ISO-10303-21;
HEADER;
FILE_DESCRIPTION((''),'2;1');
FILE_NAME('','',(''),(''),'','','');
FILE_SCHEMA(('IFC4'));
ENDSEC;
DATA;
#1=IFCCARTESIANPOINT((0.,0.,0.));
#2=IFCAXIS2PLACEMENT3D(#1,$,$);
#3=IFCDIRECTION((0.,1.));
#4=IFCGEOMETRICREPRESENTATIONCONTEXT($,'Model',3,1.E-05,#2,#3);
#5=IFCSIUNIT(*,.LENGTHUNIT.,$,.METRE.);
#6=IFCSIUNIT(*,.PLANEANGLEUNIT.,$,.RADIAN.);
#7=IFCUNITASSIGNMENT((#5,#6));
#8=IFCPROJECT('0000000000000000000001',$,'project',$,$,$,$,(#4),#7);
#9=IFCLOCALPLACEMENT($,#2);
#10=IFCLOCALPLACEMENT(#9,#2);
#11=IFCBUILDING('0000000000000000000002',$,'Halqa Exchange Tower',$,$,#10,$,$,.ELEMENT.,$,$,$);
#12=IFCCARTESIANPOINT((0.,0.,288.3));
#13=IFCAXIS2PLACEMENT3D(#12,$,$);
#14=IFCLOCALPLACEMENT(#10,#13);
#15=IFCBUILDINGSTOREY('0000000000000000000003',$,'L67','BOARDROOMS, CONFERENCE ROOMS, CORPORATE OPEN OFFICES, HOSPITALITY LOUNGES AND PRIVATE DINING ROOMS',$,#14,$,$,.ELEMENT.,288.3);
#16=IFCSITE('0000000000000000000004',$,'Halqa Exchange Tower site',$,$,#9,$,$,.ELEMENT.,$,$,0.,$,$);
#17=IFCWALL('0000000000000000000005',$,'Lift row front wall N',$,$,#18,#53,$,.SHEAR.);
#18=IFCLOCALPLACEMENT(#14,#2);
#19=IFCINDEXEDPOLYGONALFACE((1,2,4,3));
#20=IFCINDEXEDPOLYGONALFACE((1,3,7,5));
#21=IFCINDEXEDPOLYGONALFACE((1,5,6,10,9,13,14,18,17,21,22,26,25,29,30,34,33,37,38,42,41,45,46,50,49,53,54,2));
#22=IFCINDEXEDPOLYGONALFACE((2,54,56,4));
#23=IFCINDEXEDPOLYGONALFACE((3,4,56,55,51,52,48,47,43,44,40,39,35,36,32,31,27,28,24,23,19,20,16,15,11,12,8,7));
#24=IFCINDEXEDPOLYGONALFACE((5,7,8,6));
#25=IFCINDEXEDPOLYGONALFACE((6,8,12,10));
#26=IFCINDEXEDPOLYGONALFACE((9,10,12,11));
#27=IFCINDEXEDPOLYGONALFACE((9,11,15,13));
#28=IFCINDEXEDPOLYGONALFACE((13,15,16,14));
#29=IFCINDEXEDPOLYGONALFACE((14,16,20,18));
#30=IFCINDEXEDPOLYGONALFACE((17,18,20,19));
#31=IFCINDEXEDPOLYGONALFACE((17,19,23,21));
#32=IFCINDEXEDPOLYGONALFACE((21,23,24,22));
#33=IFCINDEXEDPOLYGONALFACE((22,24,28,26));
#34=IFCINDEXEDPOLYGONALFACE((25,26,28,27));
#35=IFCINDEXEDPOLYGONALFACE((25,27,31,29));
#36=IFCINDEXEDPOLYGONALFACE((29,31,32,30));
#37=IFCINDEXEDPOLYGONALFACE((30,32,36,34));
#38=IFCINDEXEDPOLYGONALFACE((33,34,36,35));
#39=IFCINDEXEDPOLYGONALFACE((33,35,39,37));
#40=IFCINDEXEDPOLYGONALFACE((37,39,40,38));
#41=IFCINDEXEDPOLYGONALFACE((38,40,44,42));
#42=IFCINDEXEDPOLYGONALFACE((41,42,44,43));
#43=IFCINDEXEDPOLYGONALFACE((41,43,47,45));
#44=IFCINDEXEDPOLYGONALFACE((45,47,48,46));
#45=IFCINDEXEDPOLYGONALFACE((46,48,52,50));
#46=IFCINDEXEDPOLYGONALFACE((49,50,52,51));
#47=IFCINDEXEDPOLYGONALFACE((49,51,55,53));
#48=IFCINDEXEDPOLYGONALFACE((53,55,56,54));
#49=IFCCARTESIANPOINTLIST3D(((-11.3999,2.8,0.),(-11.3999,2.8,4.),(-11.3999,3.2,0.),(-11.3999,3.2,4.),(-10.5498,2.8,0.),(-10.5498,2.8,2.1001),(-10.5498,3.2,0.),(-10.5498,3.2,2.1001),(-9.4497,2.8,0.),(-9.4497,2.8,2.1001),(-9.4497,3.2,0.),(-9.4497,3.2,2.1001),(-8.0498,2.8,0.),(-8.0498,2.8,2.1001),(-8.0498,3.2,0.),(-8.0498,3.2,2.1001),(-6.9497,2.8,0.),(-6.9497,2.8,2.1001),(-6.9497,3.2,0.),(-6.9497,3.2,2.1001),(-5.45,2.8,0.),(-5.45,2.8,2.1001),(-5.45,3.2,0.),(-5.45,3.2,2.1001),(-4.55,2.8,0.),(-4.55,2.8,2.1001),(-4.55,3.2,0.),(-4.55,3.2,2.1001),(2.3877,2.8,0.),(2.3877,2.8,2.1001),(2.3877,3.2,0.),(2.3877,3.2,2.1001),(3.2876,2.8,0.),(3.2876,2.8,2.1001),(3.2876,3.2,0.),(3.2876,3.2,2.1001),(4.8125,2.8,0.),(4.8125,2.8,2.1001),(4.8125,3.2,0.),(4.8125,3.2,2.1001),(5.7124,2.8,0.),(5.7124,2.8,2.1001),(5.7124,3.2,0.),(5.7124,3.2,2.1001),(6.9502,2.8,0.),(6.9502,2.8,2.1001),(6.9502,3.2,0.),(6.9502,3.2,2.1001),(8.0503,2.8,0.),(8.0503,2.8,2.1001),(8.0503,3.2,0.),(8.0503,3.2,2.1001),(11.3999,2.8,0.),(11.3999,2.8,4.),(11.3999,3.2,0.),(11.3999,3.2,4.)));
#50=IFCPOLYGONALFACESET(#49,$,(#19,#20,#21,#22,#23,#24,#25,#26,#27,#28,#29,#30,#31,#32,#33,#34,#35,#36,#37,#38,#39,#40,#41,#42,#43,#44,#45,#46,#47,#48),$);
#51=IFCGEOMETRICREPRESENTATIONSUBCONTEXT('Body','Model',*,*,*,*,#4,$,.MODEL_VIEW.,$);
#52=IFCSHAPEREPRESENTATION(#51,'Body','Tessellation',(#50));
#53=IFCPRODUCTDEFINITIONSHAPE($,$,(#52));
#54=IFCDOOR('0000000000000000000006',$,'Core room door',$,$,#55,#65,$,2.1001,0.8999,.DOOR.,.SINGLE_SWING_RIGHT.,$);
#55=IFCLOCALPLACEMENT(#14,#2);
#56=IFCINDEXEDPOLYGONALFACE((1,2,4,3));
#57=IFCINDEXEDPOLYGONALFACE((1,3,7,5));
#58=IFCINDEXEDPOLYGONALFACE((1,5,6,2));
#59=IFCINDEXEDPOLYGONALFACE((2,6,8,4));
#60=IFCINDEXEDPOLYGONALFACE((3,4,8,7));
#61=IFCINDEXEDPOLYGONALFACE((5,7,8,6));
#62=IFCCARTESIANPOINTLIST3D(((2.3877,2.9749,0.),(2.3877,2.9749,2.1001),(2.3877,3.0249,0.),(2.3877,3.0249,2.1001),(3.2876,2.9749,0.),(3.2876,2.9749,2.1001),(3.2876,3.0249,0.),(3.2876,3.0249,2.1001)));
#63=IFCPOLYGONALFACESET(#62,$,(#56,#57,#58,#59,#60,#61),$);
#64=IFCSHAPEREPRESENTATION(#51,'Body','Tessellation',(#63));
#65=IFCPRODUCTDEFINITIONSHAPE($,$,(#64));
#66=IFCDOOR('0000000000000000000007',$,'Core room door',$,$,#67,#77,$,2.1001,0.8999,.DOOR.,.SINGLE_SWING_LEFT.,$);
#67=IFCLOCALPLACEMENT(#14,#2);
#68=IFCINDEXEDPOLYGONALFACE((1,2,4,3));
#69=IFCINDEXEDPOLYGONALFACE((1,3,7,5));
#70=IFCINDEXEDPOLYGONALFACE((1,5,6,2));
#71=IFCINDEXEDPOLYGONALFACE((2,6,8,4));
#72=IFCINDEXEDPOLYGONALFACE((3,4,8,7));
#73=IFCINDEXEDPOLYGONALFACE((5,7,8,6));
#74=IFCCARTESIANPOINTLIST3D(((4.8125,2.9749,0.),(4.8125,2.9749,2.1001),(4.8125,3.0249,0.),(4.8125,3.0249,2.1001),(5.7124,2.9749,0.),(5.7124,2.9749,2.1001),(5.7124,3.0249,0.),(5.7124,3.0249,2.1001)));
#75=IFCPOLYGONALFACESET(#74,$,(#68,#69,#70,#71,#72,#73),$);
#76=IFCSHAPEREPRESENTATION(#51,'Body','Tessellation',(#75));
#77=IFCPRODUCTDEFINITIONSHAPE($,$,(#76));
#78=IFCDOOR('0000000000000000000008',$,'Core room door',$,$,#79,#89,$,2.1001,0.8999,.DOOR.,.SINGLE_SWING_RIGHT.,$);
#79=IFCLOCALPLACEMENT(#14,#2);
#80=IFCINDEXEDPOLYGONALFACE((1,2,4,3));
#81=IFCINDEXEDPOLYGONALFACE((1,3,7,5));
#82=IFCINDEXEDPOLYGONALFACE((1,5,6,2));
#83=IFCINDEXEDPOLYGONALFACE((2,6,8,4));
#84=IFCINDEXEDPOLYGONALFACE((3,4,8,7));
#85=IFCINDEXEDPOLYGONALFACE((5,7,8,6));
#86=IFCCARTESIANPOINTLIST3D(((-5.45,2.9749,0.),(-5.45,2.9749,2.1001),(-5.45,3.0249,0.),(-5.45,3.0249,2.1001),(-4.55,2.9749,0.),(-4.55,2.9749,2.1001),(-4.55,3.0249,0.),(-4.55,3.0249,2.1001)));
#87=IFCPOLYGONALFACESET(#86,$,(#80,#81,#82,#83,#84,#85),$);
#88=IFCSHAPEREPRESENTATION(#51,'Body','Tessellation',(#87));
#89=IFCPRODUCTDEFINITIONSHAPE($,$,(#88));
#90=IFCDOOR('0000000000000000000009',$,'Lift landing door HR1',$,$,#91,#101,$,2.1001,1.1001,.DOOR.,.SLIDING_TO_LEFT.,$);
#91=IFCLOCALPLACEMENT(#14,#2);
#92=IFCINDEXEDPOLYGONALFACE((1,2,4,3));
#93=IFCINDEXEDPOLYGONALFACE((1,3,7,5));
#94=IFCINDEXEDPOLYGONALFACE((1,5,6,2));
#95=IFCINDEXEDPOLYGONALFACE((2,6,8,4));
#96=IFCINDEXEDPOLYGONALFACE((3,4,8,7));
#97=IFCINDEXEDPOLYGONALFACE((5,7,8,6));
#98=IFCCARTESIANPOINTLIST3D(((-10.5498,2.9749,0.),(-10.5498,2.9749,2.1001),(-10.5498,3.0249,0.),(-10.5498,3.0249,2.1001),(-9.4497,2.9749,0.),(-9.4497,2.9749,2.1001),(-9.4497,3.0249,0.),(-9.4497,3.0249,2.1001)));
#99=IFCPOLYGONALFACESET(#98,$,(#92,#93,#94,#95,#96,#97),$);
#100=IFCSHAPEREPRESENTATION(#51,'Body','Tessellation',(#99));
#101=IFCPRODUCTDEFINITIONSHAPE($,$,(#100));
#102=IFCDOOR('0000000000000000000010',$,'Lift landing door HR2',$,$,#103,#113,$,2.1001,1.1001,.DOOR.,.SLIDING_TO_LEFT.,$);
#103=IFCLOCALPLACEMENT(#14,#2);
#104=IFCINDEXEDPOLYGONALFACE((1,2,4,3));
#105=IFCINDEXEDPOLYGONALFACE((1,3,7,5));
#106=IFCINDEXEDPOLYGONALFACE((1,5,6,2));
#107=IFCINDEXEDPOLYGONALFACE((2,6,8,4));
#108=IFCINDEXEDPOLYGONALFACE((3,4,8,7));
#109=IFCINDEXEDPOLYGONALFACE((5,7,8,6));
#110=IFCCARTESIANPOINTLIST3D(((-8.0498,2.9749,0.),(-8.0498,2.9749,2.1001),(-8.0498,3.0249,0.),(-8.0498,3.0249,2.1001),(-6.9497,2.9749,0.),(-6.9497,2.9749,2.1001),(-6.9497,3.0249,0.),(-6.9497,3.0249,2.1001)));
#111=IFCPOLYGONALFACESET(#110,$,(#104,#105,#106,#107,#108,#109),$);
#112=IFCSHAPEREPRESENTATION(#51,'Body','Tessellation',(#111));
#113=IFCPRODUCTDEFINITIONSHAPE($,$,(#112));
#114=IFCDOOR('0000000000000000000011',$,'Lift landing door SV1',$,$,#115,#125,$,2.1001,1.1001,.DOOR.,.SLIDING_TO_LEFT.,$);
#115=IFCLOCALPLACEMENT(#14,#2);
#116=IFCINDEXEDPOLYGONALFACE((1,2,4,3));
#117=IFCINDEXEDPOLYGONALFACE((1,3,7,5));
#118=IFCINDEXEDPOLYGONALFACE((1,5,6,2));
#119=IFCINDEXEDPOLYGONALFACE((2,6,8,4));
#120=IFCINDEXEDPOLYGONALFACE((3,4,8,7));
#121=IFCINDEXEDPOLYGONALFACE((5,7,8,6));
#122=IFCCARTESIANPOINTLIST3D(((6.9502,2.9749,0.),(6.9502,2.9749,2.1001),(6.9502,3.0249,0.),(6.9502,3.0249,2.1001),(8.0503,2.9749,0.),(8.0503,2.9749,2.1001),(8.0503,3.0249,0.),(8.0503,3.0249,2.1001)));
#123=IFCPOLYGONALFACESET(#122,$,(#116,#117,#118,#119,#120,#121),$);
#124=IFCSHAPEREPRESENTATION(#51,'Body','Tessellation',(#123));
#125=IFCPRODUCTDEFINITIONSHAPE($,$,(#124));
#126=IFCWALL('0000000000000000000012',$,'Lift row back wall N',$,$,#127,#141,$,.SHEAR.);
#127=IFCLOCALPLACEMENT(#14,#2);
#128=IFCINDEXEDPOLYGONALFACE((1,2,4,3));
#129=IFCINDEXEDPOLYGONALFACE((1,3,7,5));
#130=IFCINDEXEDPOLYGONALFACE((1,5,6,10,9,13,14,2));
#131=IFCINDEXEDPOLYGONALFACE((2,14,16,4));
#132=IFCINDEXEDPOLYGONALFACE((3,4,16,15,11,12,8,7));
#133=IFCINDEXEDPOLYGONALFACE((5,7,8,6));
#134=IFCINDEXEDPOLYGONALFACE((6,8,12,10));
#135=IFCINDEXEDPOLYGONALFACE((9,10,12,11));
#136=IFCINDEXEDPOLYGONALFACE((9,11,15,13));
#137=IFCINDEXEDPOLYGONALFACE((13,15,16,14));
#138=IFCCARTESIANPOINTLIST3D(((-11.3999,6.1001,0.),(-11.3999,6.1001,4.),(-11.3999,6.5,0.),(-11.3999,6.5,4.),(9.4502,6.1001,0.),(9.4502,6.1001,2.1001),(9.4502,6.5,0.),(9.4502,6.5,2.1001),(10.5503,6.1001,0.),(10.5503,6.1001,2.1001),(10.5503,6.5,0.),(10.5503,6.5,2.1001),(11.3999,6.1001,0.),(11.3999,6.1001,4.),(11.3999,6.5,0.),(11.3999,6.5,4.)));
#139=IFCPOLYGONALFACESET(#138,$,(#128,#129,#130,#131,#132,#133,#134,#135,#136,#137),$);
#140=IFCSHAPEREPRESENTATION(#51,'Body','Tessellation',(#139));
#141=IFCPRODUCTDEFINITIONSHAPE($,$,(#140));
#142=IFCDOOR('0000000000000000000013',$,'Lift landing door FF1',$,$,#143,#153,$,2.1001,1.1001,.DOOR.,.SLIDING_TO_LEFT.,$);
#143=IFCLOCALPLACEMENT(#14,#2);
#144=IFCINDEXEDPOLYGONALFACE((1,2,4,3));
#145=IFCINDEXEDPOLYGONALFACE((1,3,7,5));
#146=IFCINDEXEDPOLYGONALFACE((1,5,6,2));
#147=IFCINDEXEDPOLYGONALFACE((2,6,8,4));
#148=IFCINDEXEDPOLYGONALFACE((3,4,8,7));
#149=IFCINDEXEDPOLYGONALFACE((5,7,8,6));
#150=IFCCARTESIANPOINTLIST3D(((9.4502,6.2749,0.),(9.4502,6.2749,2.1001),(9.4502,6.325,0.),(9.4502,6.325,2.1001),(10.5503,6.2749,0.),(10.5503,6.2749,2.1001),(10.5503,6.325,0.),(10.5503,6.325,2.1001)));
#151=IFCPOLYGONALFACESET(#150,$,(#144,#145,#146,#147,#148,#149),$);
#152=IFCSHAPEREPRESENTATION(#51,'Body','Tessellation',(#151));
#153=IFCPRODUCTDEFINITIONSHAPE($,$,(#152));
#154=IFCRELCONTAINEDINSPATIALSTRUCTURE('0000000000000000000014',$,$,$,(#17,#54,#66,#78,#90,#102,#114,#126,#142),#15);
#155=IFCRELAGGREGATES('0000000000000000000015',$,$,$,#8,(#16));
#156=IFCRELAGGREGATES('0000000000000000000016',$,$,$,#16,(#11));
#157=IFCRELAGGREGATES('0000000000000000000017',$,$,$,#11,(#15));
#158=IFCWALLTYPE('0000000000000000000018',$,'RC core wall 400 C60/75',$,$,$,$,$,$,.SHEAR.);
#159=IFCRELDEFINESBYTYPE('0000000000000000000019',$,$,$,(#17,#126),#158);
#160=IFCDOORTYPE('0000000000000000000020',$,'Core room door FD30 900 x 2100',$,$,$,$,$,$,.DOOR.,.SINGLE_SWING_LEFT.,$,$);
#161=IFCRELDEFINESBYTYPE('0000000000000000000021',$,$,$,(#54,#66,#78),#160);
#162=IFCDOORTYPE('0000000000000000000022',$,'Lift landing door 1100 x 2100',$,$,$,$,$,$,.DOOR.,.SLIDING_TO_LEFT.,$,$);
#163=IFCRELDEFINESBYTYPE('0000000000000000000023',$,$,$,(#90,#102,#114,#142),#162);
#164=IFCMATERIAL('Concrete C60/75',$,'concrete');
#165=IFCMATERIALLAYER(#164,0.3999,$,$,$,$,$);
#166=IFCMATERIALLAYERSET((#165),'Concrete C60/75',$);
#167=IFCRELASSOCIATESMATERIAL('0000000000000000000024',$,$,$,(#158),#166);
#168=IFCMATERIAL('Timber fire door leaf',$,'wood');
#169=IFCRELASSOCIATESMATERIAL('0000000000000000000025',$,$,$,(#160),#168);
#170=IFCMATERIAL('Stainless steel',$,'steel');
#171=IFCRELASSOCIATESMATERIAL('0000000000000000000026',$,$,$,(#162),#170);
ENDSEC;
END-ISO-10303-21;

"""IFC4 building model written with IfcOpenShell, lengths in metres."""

from ifc_helpers import new_model, si_unit, direction, frame, frame_2d, origin, place, context, subcontext, project, spatial, rectangle, extrude, material, layer, layer_set, type_object, element, fill, save


model = new_model("IFC4")

# Units and contexts
model_context = context("Model", 3, precision=1e-05, world=origin(), true_north=direction((0.0, 1.0)))
body_context = subcontext(model_context, "Body", "Model", "MODEL_VIEW")
ifc_project = project(units=[si_unit("LENGTHUNIT", "METRE"), si_unit("PLANEANGLEUNIT", "RADIAN")], contexts=[model_context])

# Site, building, storey
site_placement = place(None, origin())
site = spatial("IfcSite", under=ifc_project, at=site_placement, Name="Halqa Exchange Tower site", CompositionType="ELEMENT", RefElevation=0.0)
building_placement = place(site_placement, origin())
building = spatial("IfcBuilding", under=site, at=building_placement, Name="Halqa Exchange Tower", CompositionType="ELEMENT")
storey_placement = place(building_placement, frame((0.0, 0.0, 288.3)))
storey = spatial("IfcBuildingStorey", under=building, at=storey_placement, Name="L67", Description="BOARDROOMS, CONFERENCE ROOMS, CORPORATE OPEN OFFICES, HOSPITALITY LOUNGES AND PRIVATE DINING ROOMS", CompositionType="ELEMENT", Elevation=288.3)

# Shared definitions
ifc_material_1 = material(Name="Concrete C60/75", Category="concrete")

# Wall, openings, doors
ifc_layer_1 = layer(ifc_material_1, 0.3999)
ifc_layer_set_1 = layer_set([ifc_layer_1], Name="Concrete C60/75")
wall_type_1 = type_object("IfcWallType", Name="RC core wall 400 C60/75", PredefinedType="SHEAR", material=ifc_layer_set_1)
wall_1_placement = place(storey_placement, frame((-11.3999, 3.0, 0.0), z_axis=(0.0, 0.0, 1.0), x_axis=(1.0, 0.0, 0.0)))
wall_1 = element("IfcWall", 1, at=wall_1_placement, inside=storey, type_object=wall_type_1, Name="Lift row front wall N", PredefinedType="SHEAR", context=body_context, shape_type="SweptSolid", body=[
    extrude(rectangle(XDim=22.7998, YDim=0.3999, at=frame_2d((11.3999, 0.0))), origin(), (0.0, 0.0, 1.0), 4.0),
])
opening_1_placement = place(wall_1_placement, frame((0.8501, 0.0, 0.0)))
opening_1 = element("IfcOpeningElement", 2, at=opening_1_placement, cuts=wall_1, PredefinedType="OPENING", context=body_context, shape_type="SweptSolid", body=[
    extrude(rectangle(XDim=1.1001, YDim=2.1001, at=frame_2d((0.55, 1.05))), frame((0.0, 0.2119, 0.0), z_axis=(0.0, -1.0, 0.0), x_axis=(1.0, 0.0, 0.0)), (0.0, 0.0, 1.0), 0.4238),
])
opening_2_placement = place(wall_1_placement, frame((3.3501, 0.0, 0.0)))
opening_2 = element("IfcOpeningElement", 3, at=opening_2_placement, cuts=wall_1, PredefinedType="OPENING", context=body_context, shape_type="SweptSolid", body=[
    extrude(rectangle(XDim=1.1001, YDim=2.1001, at=frame_2d((0.55, 1.05))), frame((0.0, 0.2119, 0.0), z_axis=(0.0, -1.0, 0.0), x_axis=(1.0, 0.0, 0.0)), (0.0, 0.0, 1.0), 0.4238),
])
opening_3_placement = place(wall_1_placement, frame((18.3501, 0.0, 0.0)))
opening_3 = element("IfcOpeningElement", 4, at=opening_3_placement, cuts=wall_1, PredefinedType="OPENING", context=body_context, shape_type="SweptSolid", body=[
    extrude(rectangle(XDim=1.1001, YDim=2.1001, at=frame_2d((0.55, 1.05))), frame((0.0, 0.2119, 0.0), z_axis=(0.0, -1.0, 0.0), x_axis=(1.0, 0.0, 0.0)), (0.0, 0.0, 1.0), 0.4238),
])
opening_4_placement = place(wall_1_placement, frame((13.7876, 0.0, 0.0)))
opening_4 = element("IfcOpeningElement", 5, at=opening_4_placement, cuts=wall_1, PredefinedType="OPENING", context=body_context, shape_type="SweptSolid", body=[
    extrude(rectangle(XDim=0.8999, YDim=2.1001, at=frame_2d((0.45, 1.05))), frame((0.0, 0.2119, 0.0), z_axis=(0.0, -1.0, 0.0), x_axis=(1.0, 0.0, 0.0)), (0.0, 0.0, 1.0), 0.4238),
])
opening_5_placement = place(wall_1_placement, frame((16.2124, 0.0, 0.0)))
opening_5 = element("IfcOpeningElement", 6, at=opening_5_placement, cuts=wall_1, PredefinedType="OPENING", context=body_context, shape_type="SweptSolid", body=[
    extrude(rectangle(XDim=0.8999, YDim=2.1001, at=frame_2d((0.45, 1.05))), frame((0.0, 0.2119, 0.0), z_axis=(0.0, -1.0, 0.0), x_axis=(1.0, 0.0, 0.0)), (0.0, 0.0, 1.0), 0.4238),
])
opening_6_placement = place(wall_1_placement, frame((5.95, 0.0, 0.0)))
opening_6 = element("IfcOpeningElement", 7, at=opening_6_placement, cuts=wall_1, PredefinedType="OPENING", context=body_context, shape_type="SweptSolid", body=[
    extrude(rectangle(XDim=0.8999, YDim=2.1001, at=frame_2d((0.45, 1.05))), frame((0.0, 0.2119, 0.0), z_axis=(0.0, -1.0, 0.0), x_axis=(1.0, 0.0, 0.0)), (0.0, 0.0, 1.0), 0.4238),
])
ifc_material_2 = material(Name="Timber fire door leaf", Category="wood")
door_type_1 = type_object("IfcDoorType", Name="Core room door FD30 900 x 2100", OperationType="SINGLE_SWING_LEFT", PredefinedType="DOOR", material=ifc_material_2)
door_1_placement = place(opening_4_placement, origin())
door_1 = element("IfcDoor", 8, at=door_1_placement, inside=storey, type_object=door_type_1, Name="Core room door", OperationType="SINGLE_SWING_RIGHT", OverallHeight=2.1001, OverallWidth=0.8999, PredefinedType="DOOR", context=body_context, shape_type="SweptSolid", body=[
    extrude(rectangle(XDim=0.8999, YDim=2.1001, at=frame_2d((0.45, 1.05))), frame((0.0, 0.0249, 0.0), z_axis=(0.0, -1.0, 0.0), x_axis=(1.0, 0.0, 0.0)), (0.0, 0.0, 1.0), 0.05),
])
fill(opening_4, door_1)
door_2_placement = place(opening_5_placement, origin())
door_2 = element("IfcDoor", 9, at=door_2_placement, inside=storey, type_object=door_type_1, Name="Core room door", OperationType="SINGLE_SWING_LEFT", OverallHeight=2.1001, OverallWidth=0.8999, PredefinedType="DOOR", context=body_context, shape_type="SweptSolid", body=[
    extrude(rectangle(XDim=0.8999, YDim=2.1001, at=frame_2d((0.45, 1.05))), frame((0.0, 0.0249, 0.0), z_axis=(0.0, -1.0, 0.0), x_axis=(1.0, 0.0, 0.0)), (0.0, 0.0, 1.0), 0.05),
])
fill(opening_5, door_2)
door_3_placement = place(opening_6_placement, origin())
door_3 = element("IfcDoor", 10, at=door_3_placement, inside=storey, type_object=door_type_1, Name="Core room door", OperationType="SINGLE_SWING_RIGHT", OverallHeight=2.1001, OverallWidth=0.8999, PredefinedType="DOOR", context=body_context, shape_type="SweptSolid", body=[
    extrude(rectangle(XDim=0.8999, YDim=2.1001, at=frame_2d((0.45, 1.05))), frame((0.0, 0.0249, 0.0), z_axis=(0.0, -1.0, 0.0), x_axis=(1.0, 0.0, 0.0)), (0.0, 0.0, 1.0), 0.05),
])
fill(opening_6, door_3)
ifc_material_3 = material(Name="Stainless steel", Category="steel")
door_type_2 = type_object("IfcDoorType", Name="Lift landing door 1100 x 2100", OperationType="SLIDING_TO_LEFT", PredefinedType="DOOR", material=ifc_material_3)
door_4_placement = place(opening_1_placement, origin())
door_4 = element("IfcDoor", 11, at=door_4_placement, inside=storey, type_object=door_type_2, Name="Lift landing door HR1", OperationType="SLIDING_TO_LEFT", OverallHeight=2.1001, OverallWidth=1.1001, PredefinedType="DOOR", context=body_context, shape_type="SweptSolid", body=[
    extrude(rectangle(XDim=1.1001, YDim=2.1001, at=frame_2d((0.55, 1.05))), frame((0.0, 0.0249, 0.0), z_axis=(0.0, -1.0, 0.0), x_axis=(1.0, 0.0, 0.0)), (0.0, 0.0, 1.0), 0.05),
])
fill(opening_1, door_4)
door_5_placement = place(opening_2_placement, origin())
door_5 = element("IfcDoor", 12, at=door_5_placement, inside=storey, type_object=door_type_2, Name="Lift landing door HR2", OperationType="SLIDING_TO_LEFT", OverallHeight=2.1001, OverallWidth=1.1001, PredefinedType="DOOR", context=body_context, shape_type="SweptSolid", body=[
    extrude(rectangle(XDim=1.1001, YDim=2.1001, at=frame_2d((0.55, 1.05))), frame((0.0, 0.0249, 0.0), z_axis=(0.0, -1.0, 0.0), x_axis=(1.0, 0.0, 0.0)), (0.0, 0.0, 1.0), 0.05),
])
fill(opening_2, door_5)
door_6_placement = place(opening_3_placement, origin())
door_6 = element("IfcDoor", 13, at=door_6_placement, inside=storey, type_object=door_type_2, Name="Lift landing door SV1", OperationType="SLIDING_TO_LEFT", OverallHeight=2.1001, OverallWidth=1.1001, PredefinedType="DOOR", context=body_context, shape_type="SweptSolid", body=[
    extrude(rectangle(XDim=1.1001, YDim=2.1001, at=frame_2d((0.55, 1.05))), frame((0.0, 0.0249, 0.0), z_axis=(0.0, -1.0, 0.0), x_axis=(1.0, 0.0, 0.0)), (0.0, 0.0, 1.0), 0.05),
])
fill(opening_3, door_6)

# Wall, opening, door
wall_2_placement = place(storey_placement, frame((-11.3999, 6.3, 0.0), z_axis=(0.0, 0.0, 1.0), x_axis=(1.0, 0.0, 0.0)))
wall_2 = element("IfcWall", 14, at=wall_2_placement, inside=storey, type_object=wall_type_1, Name="Lift row back wall N", PredefinedType="SHEAR", context=body_context, shape_type="SweptSolid", body=[
    extrude(rectangle(XDim=22.7998, YDim=0.3999, at=frame_2d((11.3999, 0.0))), origin(), (0.0, 0.0, 1.0), 4.0),
])
opening_7_placement = place(wall_2_placement, frame((20.8501, 0.0, 0.0)))
opening_7 = element("IfcOpeningElement", 15, at=opening_7_placement, cuts=wall_2, PredefinedType="OPENING", context=body_context, shape_type="SweptSolid", body=[
    extrude(rectangle(XDim=1.1001, YDim=2.1001, at=frame_2d((0.55, 1.05))), frame((0.0, 0.2119, 0.0), z_axis=(0.0, -1.0, 0.0), x_axis=(1.0, 0.0, 0.0)), (0.0, 0.0, 1.0), 0.4238),
])
door_7_placement = place(opening_7_placement, origin())
door_7 = element("IfcDoor", 16, at=door_7_placement, inside=storey, type_object=door_type_2, Name="Lift landing door FF1", OperationType="SLIDING_TO_LEFT", OverallHeight=2.1001, OverallWidth=1.1001, PredefinedType="DOOR", context=body_context, shape_type="SweptSolid", body=[
    extrude(rectangle(XDim=1.1001, YDim=2.1001, at=frame_2d((0.55, 1.05))), frame((0.0, 0.0249, 0.0), z_axis=(0.0, -1.0, 0.0), x_axis=(1.0, 0.0, 0.0)), (0.0, 0.0, 1.0), 0.05),
])
fill(opening_7, door_7)

save(model, "model.ifc")
